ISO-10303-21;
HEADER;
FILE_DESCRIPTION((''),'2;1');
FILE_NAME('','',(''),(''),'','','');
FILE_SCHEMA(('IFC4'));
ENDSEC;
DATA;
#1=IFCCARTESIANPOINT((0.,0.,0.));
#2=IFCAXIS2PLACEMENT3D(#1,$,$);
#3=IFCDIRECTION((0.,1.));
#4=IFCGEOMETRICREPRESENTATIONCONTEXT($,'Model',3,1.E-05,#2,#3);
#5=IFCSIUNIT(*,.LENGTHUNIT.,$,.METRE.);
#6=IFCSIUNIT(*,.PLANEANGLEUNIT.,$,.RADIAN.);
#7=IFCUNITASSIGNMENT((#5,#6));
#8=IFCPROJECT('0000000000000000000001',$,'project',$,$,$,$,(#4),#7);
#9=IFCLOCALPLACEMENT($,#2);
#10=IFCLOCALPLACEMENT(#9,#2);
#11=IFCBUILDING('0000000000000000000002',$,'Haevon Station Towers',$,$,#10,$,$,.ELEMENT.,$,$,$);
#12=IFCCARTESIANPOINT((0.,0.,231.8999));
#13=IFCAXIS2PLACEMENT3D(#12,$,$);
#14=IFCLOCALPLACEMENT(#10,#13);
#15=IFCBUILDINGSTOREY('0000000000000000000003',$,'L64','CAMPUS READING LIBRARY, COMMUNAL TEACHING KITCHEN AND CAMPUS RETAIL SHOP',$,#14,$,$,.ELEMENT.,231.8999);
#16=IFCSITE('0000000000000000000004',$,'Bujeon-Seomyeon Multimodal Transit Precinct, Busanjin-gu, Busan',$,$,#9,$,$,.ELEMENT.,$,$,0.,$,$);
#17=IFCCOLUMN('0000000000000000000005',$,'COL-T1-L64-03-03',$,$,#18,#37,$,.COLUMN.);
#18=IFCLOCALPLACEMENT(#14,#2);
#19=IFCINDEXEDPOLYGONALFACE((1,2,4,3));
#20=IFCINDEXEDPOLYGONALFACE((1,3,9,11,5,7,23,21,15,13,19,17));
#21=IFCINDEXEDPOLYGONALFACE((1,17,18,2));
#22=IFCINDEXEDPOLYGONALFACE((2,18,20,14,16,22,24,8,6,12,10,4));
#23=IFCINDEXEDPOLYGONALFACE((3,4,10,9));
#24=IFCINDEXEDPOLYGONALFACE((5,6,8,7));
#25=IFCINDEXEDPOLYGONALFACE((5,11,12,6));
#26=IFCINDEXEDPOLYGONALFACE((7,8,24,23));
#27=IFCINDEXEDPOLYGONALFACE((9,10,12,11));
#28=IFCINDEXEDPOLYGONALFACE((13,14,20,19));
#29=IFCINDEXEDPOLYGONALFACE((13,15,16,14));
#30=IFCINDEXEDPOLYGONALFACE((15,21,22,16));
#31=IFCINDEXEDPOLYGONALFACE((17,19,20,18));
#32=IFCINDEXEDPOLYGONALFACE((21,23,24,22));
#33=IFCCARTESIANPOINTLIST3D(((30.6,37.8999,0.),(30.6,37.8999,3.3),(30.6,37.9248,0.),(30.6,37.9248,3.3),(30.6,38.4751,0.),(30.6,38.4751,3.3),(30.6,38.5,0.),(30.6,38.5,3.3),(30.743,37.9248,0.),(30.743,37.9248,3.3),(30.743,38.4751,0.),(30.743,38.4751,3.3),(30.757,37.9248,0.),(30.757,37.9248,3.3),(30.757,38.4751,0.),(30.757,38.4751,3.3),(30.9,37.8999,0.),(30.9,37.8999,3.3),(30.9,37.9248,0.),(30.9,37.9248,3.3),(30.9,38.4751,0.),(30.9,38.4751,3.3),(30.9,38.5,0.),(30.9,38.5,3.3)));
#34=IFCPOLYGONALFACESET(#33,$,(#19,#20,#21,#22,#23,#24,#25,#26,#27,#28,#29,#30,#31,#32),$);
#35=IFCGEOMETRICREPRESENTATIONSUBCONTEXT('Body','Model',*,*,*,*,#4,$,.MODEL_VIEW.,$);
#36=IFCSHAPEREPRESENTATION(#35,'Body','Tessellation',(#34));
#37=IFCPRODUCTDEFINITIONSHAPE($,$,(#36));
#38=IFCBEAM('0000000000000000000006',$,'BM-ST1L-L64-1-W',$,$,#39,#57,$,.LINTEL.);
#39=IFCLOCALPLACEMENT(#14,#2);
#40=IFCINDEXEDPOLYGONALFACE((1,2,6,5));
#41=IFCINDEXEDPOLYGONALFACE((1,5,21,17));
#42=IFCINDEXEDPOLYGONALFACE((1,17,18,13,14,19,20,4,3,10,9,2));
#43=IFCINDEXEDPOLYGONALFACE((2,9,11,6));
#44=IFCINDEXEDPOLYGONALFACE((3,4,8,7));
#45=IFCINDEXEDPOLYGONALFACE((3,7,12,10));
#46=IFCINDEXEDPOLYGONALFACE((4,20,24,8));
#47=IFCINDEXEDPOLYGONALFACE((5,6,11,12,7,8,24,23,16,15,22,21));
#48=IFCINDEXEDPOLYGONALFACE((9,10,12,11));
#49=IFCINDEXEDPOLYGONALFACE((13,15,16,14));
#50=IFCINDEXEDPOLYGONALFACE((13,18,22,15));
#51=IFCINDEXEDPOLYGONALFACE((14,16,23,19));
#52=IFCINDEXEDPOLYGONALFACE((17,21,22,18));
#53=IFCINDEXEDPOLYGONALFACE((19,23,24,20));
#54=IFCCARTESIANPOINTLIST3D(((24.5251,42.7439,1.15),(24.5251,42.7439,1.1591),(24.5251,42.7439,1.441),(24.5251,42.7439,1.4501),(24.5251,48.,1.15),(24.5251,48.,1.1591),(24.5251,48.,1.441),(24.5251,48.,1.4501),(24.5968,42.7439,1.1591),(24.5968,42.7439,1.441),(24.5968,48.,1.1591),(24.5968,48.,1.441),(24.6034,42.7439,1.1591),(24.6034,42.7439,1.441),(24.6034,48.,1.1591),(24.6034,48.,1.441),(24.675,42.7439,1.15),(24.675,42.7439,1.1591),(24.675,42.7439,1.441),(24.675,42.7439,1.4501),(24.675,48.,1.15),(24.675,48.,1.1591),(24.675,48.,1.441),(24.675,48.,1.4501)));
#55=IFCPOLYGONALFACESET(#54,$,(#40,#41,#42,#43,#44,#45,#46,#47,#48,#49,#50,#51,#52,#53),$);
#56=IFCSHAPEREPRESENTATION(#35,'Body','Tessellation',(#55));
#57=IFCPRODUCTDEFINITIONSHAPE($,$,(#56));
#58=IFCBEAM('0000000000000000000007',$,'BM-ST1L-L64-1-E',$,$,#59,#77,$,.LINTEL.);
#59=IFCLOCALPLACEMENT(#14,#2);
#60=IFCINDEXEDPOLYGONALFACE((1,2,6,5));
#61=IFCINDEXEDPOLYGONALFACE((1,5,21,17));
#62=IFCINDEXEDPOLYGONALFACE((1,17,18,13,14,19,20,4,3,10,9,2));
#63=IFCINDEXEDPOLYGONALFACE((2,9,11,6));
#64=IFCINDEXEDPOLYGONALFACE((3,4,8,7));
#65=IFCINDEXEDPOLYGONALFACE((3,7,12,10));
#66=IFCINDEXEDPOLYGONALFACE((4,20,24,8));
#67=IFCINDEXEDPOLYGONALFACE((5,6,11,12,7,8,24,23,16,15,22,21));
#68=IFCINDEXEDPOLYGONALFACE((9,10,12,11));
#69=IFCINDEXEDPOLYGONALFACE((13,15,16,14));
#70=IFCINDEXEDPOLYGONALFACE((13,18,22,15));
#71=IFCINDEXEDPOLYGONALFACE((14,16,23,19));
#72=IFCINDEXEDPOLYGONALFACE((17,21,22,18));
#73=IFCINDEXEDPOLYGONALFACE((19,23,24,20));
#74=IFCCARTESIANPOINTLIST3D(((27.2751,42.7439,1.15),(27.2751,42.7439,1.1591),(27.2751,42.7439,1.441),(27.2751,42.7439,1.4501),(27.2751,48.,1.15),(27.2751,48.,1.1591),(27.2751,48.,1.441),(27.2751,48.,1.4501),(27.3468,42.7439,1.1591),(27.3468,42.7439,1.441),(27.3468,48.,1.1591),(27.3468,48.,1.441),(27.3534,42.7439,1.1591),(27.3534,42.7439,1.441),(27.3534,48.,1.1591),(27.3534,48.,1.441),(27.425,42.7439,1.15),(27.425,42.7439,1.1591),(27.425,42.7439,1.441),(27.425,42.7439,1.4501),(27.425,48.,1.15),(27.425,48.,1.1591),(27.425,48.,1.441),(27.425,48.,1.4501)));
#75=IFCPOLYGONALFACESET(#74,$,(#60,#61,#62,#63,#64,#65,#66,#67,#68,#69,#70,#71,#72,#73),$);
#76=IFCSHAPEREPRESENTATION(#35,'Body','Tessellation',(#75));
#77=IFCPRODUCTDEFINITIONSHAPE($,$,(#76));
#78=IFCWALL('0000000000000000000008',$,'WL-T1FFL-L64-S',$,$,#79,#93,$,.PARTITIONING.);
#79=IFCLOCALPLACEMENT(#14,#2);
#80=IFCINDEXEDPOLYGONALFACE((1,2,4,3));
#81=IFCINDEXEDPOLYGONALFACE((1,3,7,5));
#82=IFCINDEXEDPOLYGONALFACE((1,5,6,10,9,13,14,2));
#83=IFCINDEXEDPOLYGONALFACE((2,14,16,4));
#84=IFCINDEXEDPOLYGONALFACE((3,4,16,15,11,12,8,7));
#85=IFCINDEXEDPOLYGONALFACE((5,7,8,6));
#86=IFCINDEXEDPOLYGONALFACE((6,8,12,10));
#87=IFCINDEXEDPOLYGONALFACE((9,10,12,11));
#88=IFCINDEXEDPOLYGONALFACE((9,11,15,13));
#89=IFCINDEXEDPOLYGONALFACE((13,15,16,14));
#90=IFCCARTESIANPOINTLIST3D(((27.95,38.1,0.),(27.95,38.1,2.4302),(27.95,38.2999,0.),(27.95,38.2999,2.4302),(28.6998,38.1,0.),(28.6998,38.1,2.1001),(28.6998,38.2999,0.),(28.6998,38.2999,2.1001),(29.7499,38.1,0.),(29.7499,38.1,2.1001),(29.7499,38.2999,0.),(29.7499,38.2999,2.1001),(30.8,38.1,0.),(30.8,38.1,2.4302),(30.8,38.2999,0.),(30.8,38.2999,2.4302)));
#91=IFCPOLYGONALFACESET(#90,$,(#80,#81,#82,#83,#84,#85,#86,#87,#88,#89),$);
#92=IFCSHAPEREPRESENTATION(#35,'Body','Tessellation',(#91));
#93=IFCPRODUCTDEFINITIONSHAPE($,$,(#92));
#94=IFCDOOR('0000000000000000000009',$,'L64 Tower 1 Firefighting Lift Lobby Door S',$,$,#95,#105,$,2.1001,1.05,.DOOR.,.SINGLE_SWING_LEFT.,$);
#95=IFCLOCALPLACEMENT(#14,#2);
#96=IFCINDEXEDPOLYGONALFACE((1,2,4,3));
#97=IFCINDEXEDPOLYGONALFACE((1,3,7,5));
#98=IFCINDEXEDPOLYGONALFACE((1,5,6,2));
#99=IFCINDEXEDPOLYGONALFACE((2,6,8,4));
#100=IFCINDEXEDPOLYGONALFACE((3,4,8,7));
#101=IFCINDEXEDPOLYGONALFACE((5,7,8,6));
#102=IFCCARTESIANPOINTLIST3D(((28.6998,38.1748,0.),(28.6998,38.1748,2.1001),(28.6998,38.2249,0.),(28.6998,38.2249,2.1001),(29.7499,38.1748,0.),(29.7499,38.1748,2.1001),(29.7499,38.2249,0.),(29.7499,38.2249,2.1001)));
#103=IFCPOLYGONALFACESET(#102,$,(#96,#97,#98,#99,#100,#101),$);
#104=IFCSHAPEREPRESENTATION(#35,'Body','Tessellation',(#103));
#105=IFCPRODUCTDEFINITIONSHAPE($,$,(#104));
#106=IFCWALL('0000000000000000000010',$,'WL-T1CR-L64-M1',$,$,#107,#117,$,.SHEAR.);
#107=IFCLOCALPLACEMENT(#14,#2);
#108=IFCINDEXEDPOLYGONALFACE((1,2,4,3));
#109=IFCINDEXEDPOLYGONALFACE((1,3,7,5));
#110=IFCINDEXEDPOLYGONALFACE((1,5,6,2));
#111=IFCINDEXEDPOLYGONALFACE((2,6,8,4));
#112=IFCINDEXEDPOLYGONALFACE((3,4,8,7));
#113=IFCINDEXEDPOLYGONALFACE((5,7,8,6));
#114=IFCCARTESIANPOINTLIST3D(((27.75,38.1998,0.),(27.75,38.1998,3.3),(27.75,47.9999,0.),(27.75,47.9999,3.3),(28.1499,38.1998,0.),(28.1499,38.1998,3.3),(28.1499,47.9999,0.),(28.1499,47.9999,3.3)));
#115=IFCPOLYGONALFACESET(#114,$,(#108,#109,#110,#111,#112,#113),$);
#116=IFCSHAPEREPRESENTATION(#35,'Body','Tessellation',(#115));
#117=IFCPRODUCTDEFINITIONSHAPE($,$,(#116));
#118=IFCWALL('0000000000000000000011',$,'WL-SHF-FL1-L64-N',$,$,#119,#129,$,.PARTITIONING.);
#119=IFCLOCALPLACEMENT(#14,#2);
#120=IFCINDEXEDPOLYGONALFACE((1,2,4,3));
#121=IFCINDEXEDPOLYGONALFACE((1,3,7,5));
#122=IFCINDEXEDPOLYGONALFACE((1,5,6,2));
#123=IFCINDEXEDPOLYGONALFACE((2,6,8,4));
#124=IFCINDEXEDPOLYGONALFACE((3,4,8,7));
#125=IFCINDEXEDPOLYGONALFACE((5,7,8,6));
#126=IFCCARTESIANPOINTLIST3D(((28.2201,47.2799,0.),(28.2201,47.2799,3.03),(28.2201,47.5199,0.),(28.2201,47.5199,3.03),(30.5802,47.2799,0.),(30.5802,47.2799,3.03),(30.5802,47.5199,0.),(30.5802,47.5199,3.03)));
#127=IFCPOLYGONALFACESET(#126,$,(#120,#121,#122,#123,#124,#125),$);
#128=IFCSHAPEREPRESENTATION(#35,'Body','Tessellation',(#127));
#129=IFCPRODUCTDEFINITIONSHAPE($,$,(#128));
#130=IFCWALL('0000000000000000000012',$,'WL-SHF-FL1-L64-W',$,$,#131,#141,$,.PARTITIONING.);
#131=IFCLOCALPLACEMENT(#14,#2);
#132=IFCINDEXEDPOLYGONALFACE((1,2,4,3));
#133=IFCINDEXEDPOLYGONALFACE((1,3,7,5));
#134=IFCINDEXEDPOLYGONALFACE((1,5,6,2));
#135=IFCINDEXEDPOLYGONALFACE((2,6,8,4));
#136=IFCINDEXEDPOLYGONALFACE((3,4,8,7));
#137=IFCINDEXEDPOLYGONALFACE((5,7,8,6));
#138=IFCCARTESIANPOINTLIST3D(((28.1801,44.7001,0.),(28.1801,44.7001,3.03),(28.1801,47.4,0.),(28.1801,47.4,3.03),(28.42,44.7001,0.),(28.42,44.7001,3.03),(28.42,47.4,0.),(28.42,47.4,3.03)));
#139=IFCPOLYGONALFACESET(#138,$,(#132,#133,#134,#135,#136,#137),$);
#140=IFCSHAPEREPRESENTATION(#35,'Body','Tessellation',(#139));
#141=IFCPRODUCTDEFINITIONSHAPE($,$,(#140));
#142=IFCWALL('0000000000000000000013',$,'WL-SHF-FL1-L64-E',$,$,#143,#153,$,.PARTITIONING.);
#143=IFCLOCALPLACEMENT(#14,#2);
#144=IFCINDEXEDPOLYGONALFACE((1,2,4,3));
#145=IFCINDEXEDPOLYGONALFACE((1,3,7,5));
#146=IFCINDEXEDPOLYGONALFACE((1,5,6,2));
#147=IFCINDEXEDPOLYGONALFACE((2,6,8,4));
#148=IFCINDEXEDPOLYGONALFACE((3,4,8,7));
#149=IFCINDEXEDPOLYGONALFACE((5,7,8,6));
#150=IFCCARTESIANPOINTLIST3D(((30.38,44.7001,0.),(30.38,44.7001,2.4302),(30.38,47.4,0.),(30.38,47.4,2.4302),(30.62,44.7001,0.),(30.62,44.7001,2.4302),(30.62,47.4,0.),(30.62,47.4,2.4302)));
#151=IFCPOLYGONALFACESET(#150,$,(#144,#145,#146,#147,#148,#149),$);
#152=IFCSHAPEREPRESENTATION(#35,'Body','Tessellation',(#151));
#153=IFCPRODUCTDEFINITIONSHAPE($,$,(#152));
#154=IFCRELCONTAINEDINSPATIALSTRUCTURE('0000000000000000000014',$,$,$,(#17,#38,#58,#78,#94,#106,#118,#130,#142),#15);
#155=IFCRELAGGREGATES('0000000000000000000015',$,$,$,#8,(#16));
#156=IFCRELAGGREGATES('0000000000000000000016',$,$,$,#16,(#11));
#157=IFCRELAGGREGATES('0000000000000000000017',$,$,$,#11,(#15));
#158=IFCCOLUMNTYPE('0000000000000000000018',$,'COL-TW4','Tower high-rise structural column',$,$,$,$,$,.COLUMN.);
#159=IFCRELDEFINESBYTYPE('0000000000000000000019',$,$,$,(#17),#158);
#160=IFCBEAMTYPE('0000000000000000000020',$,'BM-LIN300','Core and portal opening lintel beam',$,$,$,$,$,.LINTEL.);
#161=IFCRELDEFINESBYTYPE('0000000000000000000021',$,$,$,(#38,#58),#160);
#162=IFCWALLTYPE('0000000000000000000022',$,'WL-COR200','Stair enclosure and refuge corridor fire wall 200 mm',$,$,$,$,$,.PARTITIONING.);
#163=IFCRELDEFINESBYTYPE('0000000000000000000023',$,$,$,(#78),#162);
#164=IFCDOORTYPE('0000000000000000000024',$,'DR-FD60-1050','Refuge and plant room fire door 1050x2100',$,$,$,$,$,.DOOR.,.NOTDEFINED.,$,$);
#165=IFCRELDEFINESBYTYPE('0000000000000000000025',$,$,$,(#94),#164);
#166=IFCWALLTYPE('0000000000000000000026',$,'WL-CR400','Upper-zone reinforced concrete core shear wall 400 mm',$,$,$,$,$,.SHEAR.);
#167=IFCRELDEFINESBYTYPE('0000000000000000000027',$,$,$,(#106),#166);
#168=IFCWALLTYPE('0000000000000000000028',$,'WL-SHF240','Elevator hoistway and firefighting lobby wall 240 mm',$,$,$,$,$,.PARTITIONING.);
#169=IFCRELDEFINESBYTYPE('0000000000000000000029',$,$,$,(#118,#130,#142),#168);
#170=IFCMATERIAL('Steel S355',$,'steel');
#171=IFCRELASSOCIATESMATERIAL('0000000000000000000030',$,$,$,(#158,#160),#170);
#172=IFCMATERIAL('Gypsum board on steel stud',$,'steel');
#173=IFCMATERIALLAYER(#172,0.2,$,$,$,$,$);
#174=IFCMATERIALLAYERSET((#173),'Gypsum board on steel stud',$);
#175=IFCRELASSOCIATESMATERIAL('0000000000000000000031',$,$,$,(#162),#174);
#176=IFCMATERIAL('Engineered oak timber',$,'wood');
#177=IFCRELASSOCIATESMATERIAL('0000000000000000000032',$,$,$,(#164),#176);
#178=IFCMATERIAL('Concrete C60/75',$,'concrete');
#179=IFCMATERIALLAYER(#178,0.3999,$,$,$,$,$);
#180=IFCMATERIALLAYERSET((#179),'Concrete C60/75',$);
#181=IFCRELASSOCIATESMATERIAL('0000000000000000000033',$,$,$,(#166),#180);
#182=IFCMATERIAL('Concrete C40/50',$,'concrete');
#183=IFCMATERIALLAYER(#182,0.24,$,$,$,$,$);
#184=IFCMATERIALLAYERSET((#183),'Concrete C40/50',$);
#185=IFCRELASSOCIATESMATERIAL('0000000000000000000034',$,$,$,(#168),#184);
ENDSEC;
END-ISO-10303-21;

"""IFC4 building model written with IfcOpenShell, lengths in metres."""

from ifc_helpers import new_model, si_unit, direction, frame, frame_2d, origin, origin_2d, place, context, subcontext, project, spatial, rectangle, i_section, extrude, material, layer, layer_set, material_profile, profile_set, type_object, element, fill, save


model = new_model("IFC4")

# Units and contexts
model_context = context("Model", 3, precision=1e-05, world=origin(), true_north=direction((0.0, 1.0)))
body_context = subcontext(model_context, "Body", "Model", "MODEL_VIEW")
ifc_project = project(units=[si_unit("LENGTHUNIT", "METRE"), si_unit("PLANEANGLEUNIT", "RADIAN")], contexts=[model_context])

# Site, building, storey
site_placement = place(None, origin())
site = spatial("IfcSite", under=ifc_project, at=site_placement, Name="Bujeon-Seomyeon Multimodal Transit Precinct, Busanjin-gu, Busan", CompositionType="ELEMENT", RefElevation=0.0)
building_placement = place(site_placement, origin())
building = spatial("IfcBuilding", under=site, at=building_placement, Name="Haevon Station Towers", CompositionType="ELEMENT")
storey_placement = place(building_placement, frame((0.0, 0.0, 231.8999)))
storey = spatial("IfcBuildingStorey", under=building, at=storey_placement, Name="L64", Description="CAMPUS READING LIBRARY, COMMUNAL TEACHING KITCHEN AND CAMPUS RETAIL SHOP", CompositionType="ELEMENT", Elevation=231.8999)

# Column
ifc_material_1 = material(Name="Steel S355", Category="steel")
ifc_material_profile_1 = material_profile(ifc_material_1, i_section(OverallWidth=0.3, OverallDepth=0.6001, WebThickness=0.0139, FlangeThickness=0.0249, at=origin_2d()), Name="H-600x300x14x25")
ifc_profile_set_1 = profile_set([ifc_material_profile_1], Name="Steel S355")
column_type = type_object("IfcColumnType", Name="COL-TW4", Description="Tower high-rise structural column", PredefinedType="COLUMN", material=ifc_profile_set_1)
column_placement = place(storey_placement, frame((30.75, 38.2, 0.0), z_axis=(0.0, 0.0, 1.0), x_axis=(1.0, 0.0, 0.0)))
element("IfcColumn", 1, at=column_placement, inside=storey, type_object=column_type, Name="COL-T1-L64-03-03", PredefinedType="COLUMN", context=body_context, shape_type="SweptSolid", body=[
    extrude(i_section(OverallWidth=0.3, OverallDepth=0.6001, WebThickness=0.0139, FlangeThickness=0.0249, at=origin_2d()), origin(), (0.0, 0.0, 1.0), 3.3),
])

# Beams
ifc_material_profile_2 = material_profile(ifc_material_1, i_section(OverallWidth=0.1499, OverallDepth=0.3, WebThickness=0.0066, FlangeThickness=0.009, at=origin_2d()), Name="H-300x150x6.5x9")
ifc_profile_set_2 = profile_set([ifc_material_profile_2], Name="Steel S355")
beam_type = type_object("IfcBeamType", Name="BM-LIN300", Description="Core and portal opening lintel beam", PredefinedType="LINTEL", material=ifc_profile_set_2)
for number, where, z_axis, x_axis, name in (
    (2, (24.6001, 42.7439, 1.3), (0.0, 1.0, 0.0), (-1.0, 0.0, 0.0), "BM-ST1L-L64-1-W"),
    (3, (27.3501, 42.7439, 1.3), (0.0, 1.0, 0.0), (-1.0, 0.0, 0.0), "BM-ST1L-L64-1-E"),
):
    element("IfcBeam", number, at=place(storey_placement, frame(where, z_axis=z_axis, x_axis=x_axis)), inside=storey, type_object=beam_type, Name=name, PredefinedType="LINTEL", context=body_context, shape_type="SweptSolid", body=[
        extrude(i_section(OverallWidth=0.1499, OverallDepth=0.3, WebThickness=0.0066, FlangeThickness=0.009, at=origin_2d()), origin(), (0.0, 0.0, 1.0), 5.2561),
    ])

# Wall, opening, door
ifc_material_2 = material(Name="Gypsum board on steel stud", Category="steel")
ifc_layer_1 = layer(ifc_material_2, 0.2)
ifc_layer_set_1 = layer_set([ifc_layer_1], Name="Gypsum board on steel stud")
wall_type_1 = type_object("IfcWallType", Name="WL-COR200", Description="Stair enclosure and refuge corridor fire wall 200 mm", PredefinedType="PARTITIONING", material=ifc_layer_set_1)
wall_1_placement = place(storey_placement, frame((27.95, 38.2, 0.0), z_axis=(0.0, 0.0, 1.0), x_axis=(1.0, 0.0, 0.0)))
wall_1 = element("IfcWall", 4, at=wall_1_placement, inside=storey, type_object=wall_type_1, Name="WL-T1FFL-L64-S", PredefinedType="PARTITIONING", context=body_context, shape_type="SweptSolid", body=[
    extrude(rectangle(XDim=2.8501, YDim=0.2, at=frame_2d((1.425, 0.0))), origin(), (0.0, 0.0, 1.0), 2.4302),
])
opening_1_placement = place(wall_1_placement, frame((0.75, 0.0, 0.0)))
opening_1 = element("IfcOpeningElement", 5, at=opening_1_placement, cuts=wall_1, PredefinedType="OPENING", context=body_context, shape_type="SweptSolid", body=[
    extrude(rectangle(XDim=1.05, YDim=2.1001, at=frame_2d((0.5249, 1.05))), frame((0.0, 0.1099, 0.0), z_axis=(0.0, -1.0, 0.0), x_axis=(1.0, 0.0, 0.0)), (0.0, 0.0, 1.0), 0.22),
])
ifc_material_3 = material(Name="Engineered oak timber", Category="wood")
door_type_1 = type_object("IfcDoorType", Name="DR-FD60-1050", Description="Refuge and plant room fire door 1050x2100", OperationType="NOTDEFINED", PredefinedType="DOOR", material=ifc_material_3)
door_1_placement = place(opening_1_placement, origin())
door_1 = element("IfcDoor", 6, at=door_1_placement, inside=storey, type_object=door_type_1, Name="L64 Tower 1 Firefighting Lift Lobby Door S", OperationType="SINGLE_SWING_LEFT", OverallHeight=2.1001, OverallWidth=1.05, PredefinedType="DOOR", context=body_context, shape_type="SweptSolid", body=[
    extrude(rectangle(XDim=1.05, YDim=2.1001, at=frame_2d((0.5249, 1.05))), frame((0.0, 0.0249, 0.0), z_axis=(0.0, -1.0, 0.0), x_axis=(1.0, 0.0, 0.0)), (0.0, 0.0, 1.0), 0.05),
])
fill(opening_1, door_1)

# Wall
ifc_material_4 = material(Name="Concrete C60/75", Category="concrete")
ifc_layer_2 = layer(ifc_material_4, 0.3999)
ifc_layer_set_2 = layer_set([ifc_layer_2], Name="Concrete C60/75")
wall_type_2 = type_object("IfcWallType", Name="WL-CR400", Description="Upper-zone reinforced concrete core shear wall 400 mm", PredefinedType="SHEAR", material=ifc_layer_set_2)
wall_2_placement = place(storey_placement, frame((27.95, 38.2, 0.0), z_axis=(0.0, 0.0, 1.0), x_axis=(0.0, 1.0, 0.0)))
element("IfcWall", 7, at=wall_2_placement, inside=storey, type_object=wall_type_2, Name="WL-T1CR-L64-M1", PredefinedType="SHEAR", context=body_context, shape_type="SweptSolid", body=[
    extrude(rectangle(XDim=9.8, YDim=0.3999, at=frame_2d((4.8999, 0.0))), origin(), (0.0, 0.0, 1.0), 3.3),
])

# Shared definitions
ifc_material_5 = material(Name="Concrete C40/50", Category="concrete")
ifc_layer_3 = layer(ifc_material_5, 0.24)
ifc_layer_set_3 = layer_set([ifc_layer_3], Name="Concrete C40/50")
wall_type_3 = type_object("IfcWallType", Name="WL-SHF240", Description="Elevator hoistway and firefighting lobby wall 240 mm", PredefinedType="PARTITIONING", material=ifc_layer_set_3)

# Walls
wall_3_placement = place(storey_placement, frame((28.22, 47.3999, 0.0), z_axis=(0.0, 0.0, 1.0), x_axis=(1.0, 0.0, 0.0)))
element("IfcWall", 8, at=wall_3_placement, inside=storey, type_object=wall_type_3, Name="WL-SHF-FL1-L64-N", PredefinedType="PARTITIONING", context=body_context, shape_type="SweptSolid", body=[
    extrude(rectangle(XDim=2.3601, YDim=0.24, at=frame_2d((1.1802, 0.0))), origin(), (0.0, 0.0, 1.0), 3.03),
])
wall_4_placement = place(storey_placement, frame((28.3, 44.7, 0.0), z_axis=(0.0, 0.0, 1.0), x_axis=(0.0, 1.0, 0.0)))
element("IfcWall", 9, at=wall_4_placement, inside=storey, type_object=wall_type_3, Name="WL-SHF-FL1-L64-W", PredefinedType="PARTITIONING", context=body_context, shape_type="SweptSolid", body=[
    extrude(rectangle(XDim=2.7, YDim=0.24, at=frame_2d((1.3501, 0.0))), origin(), (0.0, 0.0, 1.0), 3.03),
])
wall_5_placement = place(storey_placement, frame((30.5, 44.7, 0.0), z_axis=(0.0, 0.0, 1.0), x_axis=(0.0, 1.0, 0.0)))
element("IfcWall", 10, at=wall_5_placement, inside=storey, type_object=wall_type_3, Name="WL-SHF-FL1-L64-E", PredefinedType="PARTITIONING", context=body_context, shape_type="SweptSolid", body=[
    extrude(rectangle(XDim=2.7, YDim=0.24, at=frame_2d((1.3501, 0.0))), origin(), (0.0, 0.0, 1.0), 2.4302),
])

save(model, "model.ifc")
